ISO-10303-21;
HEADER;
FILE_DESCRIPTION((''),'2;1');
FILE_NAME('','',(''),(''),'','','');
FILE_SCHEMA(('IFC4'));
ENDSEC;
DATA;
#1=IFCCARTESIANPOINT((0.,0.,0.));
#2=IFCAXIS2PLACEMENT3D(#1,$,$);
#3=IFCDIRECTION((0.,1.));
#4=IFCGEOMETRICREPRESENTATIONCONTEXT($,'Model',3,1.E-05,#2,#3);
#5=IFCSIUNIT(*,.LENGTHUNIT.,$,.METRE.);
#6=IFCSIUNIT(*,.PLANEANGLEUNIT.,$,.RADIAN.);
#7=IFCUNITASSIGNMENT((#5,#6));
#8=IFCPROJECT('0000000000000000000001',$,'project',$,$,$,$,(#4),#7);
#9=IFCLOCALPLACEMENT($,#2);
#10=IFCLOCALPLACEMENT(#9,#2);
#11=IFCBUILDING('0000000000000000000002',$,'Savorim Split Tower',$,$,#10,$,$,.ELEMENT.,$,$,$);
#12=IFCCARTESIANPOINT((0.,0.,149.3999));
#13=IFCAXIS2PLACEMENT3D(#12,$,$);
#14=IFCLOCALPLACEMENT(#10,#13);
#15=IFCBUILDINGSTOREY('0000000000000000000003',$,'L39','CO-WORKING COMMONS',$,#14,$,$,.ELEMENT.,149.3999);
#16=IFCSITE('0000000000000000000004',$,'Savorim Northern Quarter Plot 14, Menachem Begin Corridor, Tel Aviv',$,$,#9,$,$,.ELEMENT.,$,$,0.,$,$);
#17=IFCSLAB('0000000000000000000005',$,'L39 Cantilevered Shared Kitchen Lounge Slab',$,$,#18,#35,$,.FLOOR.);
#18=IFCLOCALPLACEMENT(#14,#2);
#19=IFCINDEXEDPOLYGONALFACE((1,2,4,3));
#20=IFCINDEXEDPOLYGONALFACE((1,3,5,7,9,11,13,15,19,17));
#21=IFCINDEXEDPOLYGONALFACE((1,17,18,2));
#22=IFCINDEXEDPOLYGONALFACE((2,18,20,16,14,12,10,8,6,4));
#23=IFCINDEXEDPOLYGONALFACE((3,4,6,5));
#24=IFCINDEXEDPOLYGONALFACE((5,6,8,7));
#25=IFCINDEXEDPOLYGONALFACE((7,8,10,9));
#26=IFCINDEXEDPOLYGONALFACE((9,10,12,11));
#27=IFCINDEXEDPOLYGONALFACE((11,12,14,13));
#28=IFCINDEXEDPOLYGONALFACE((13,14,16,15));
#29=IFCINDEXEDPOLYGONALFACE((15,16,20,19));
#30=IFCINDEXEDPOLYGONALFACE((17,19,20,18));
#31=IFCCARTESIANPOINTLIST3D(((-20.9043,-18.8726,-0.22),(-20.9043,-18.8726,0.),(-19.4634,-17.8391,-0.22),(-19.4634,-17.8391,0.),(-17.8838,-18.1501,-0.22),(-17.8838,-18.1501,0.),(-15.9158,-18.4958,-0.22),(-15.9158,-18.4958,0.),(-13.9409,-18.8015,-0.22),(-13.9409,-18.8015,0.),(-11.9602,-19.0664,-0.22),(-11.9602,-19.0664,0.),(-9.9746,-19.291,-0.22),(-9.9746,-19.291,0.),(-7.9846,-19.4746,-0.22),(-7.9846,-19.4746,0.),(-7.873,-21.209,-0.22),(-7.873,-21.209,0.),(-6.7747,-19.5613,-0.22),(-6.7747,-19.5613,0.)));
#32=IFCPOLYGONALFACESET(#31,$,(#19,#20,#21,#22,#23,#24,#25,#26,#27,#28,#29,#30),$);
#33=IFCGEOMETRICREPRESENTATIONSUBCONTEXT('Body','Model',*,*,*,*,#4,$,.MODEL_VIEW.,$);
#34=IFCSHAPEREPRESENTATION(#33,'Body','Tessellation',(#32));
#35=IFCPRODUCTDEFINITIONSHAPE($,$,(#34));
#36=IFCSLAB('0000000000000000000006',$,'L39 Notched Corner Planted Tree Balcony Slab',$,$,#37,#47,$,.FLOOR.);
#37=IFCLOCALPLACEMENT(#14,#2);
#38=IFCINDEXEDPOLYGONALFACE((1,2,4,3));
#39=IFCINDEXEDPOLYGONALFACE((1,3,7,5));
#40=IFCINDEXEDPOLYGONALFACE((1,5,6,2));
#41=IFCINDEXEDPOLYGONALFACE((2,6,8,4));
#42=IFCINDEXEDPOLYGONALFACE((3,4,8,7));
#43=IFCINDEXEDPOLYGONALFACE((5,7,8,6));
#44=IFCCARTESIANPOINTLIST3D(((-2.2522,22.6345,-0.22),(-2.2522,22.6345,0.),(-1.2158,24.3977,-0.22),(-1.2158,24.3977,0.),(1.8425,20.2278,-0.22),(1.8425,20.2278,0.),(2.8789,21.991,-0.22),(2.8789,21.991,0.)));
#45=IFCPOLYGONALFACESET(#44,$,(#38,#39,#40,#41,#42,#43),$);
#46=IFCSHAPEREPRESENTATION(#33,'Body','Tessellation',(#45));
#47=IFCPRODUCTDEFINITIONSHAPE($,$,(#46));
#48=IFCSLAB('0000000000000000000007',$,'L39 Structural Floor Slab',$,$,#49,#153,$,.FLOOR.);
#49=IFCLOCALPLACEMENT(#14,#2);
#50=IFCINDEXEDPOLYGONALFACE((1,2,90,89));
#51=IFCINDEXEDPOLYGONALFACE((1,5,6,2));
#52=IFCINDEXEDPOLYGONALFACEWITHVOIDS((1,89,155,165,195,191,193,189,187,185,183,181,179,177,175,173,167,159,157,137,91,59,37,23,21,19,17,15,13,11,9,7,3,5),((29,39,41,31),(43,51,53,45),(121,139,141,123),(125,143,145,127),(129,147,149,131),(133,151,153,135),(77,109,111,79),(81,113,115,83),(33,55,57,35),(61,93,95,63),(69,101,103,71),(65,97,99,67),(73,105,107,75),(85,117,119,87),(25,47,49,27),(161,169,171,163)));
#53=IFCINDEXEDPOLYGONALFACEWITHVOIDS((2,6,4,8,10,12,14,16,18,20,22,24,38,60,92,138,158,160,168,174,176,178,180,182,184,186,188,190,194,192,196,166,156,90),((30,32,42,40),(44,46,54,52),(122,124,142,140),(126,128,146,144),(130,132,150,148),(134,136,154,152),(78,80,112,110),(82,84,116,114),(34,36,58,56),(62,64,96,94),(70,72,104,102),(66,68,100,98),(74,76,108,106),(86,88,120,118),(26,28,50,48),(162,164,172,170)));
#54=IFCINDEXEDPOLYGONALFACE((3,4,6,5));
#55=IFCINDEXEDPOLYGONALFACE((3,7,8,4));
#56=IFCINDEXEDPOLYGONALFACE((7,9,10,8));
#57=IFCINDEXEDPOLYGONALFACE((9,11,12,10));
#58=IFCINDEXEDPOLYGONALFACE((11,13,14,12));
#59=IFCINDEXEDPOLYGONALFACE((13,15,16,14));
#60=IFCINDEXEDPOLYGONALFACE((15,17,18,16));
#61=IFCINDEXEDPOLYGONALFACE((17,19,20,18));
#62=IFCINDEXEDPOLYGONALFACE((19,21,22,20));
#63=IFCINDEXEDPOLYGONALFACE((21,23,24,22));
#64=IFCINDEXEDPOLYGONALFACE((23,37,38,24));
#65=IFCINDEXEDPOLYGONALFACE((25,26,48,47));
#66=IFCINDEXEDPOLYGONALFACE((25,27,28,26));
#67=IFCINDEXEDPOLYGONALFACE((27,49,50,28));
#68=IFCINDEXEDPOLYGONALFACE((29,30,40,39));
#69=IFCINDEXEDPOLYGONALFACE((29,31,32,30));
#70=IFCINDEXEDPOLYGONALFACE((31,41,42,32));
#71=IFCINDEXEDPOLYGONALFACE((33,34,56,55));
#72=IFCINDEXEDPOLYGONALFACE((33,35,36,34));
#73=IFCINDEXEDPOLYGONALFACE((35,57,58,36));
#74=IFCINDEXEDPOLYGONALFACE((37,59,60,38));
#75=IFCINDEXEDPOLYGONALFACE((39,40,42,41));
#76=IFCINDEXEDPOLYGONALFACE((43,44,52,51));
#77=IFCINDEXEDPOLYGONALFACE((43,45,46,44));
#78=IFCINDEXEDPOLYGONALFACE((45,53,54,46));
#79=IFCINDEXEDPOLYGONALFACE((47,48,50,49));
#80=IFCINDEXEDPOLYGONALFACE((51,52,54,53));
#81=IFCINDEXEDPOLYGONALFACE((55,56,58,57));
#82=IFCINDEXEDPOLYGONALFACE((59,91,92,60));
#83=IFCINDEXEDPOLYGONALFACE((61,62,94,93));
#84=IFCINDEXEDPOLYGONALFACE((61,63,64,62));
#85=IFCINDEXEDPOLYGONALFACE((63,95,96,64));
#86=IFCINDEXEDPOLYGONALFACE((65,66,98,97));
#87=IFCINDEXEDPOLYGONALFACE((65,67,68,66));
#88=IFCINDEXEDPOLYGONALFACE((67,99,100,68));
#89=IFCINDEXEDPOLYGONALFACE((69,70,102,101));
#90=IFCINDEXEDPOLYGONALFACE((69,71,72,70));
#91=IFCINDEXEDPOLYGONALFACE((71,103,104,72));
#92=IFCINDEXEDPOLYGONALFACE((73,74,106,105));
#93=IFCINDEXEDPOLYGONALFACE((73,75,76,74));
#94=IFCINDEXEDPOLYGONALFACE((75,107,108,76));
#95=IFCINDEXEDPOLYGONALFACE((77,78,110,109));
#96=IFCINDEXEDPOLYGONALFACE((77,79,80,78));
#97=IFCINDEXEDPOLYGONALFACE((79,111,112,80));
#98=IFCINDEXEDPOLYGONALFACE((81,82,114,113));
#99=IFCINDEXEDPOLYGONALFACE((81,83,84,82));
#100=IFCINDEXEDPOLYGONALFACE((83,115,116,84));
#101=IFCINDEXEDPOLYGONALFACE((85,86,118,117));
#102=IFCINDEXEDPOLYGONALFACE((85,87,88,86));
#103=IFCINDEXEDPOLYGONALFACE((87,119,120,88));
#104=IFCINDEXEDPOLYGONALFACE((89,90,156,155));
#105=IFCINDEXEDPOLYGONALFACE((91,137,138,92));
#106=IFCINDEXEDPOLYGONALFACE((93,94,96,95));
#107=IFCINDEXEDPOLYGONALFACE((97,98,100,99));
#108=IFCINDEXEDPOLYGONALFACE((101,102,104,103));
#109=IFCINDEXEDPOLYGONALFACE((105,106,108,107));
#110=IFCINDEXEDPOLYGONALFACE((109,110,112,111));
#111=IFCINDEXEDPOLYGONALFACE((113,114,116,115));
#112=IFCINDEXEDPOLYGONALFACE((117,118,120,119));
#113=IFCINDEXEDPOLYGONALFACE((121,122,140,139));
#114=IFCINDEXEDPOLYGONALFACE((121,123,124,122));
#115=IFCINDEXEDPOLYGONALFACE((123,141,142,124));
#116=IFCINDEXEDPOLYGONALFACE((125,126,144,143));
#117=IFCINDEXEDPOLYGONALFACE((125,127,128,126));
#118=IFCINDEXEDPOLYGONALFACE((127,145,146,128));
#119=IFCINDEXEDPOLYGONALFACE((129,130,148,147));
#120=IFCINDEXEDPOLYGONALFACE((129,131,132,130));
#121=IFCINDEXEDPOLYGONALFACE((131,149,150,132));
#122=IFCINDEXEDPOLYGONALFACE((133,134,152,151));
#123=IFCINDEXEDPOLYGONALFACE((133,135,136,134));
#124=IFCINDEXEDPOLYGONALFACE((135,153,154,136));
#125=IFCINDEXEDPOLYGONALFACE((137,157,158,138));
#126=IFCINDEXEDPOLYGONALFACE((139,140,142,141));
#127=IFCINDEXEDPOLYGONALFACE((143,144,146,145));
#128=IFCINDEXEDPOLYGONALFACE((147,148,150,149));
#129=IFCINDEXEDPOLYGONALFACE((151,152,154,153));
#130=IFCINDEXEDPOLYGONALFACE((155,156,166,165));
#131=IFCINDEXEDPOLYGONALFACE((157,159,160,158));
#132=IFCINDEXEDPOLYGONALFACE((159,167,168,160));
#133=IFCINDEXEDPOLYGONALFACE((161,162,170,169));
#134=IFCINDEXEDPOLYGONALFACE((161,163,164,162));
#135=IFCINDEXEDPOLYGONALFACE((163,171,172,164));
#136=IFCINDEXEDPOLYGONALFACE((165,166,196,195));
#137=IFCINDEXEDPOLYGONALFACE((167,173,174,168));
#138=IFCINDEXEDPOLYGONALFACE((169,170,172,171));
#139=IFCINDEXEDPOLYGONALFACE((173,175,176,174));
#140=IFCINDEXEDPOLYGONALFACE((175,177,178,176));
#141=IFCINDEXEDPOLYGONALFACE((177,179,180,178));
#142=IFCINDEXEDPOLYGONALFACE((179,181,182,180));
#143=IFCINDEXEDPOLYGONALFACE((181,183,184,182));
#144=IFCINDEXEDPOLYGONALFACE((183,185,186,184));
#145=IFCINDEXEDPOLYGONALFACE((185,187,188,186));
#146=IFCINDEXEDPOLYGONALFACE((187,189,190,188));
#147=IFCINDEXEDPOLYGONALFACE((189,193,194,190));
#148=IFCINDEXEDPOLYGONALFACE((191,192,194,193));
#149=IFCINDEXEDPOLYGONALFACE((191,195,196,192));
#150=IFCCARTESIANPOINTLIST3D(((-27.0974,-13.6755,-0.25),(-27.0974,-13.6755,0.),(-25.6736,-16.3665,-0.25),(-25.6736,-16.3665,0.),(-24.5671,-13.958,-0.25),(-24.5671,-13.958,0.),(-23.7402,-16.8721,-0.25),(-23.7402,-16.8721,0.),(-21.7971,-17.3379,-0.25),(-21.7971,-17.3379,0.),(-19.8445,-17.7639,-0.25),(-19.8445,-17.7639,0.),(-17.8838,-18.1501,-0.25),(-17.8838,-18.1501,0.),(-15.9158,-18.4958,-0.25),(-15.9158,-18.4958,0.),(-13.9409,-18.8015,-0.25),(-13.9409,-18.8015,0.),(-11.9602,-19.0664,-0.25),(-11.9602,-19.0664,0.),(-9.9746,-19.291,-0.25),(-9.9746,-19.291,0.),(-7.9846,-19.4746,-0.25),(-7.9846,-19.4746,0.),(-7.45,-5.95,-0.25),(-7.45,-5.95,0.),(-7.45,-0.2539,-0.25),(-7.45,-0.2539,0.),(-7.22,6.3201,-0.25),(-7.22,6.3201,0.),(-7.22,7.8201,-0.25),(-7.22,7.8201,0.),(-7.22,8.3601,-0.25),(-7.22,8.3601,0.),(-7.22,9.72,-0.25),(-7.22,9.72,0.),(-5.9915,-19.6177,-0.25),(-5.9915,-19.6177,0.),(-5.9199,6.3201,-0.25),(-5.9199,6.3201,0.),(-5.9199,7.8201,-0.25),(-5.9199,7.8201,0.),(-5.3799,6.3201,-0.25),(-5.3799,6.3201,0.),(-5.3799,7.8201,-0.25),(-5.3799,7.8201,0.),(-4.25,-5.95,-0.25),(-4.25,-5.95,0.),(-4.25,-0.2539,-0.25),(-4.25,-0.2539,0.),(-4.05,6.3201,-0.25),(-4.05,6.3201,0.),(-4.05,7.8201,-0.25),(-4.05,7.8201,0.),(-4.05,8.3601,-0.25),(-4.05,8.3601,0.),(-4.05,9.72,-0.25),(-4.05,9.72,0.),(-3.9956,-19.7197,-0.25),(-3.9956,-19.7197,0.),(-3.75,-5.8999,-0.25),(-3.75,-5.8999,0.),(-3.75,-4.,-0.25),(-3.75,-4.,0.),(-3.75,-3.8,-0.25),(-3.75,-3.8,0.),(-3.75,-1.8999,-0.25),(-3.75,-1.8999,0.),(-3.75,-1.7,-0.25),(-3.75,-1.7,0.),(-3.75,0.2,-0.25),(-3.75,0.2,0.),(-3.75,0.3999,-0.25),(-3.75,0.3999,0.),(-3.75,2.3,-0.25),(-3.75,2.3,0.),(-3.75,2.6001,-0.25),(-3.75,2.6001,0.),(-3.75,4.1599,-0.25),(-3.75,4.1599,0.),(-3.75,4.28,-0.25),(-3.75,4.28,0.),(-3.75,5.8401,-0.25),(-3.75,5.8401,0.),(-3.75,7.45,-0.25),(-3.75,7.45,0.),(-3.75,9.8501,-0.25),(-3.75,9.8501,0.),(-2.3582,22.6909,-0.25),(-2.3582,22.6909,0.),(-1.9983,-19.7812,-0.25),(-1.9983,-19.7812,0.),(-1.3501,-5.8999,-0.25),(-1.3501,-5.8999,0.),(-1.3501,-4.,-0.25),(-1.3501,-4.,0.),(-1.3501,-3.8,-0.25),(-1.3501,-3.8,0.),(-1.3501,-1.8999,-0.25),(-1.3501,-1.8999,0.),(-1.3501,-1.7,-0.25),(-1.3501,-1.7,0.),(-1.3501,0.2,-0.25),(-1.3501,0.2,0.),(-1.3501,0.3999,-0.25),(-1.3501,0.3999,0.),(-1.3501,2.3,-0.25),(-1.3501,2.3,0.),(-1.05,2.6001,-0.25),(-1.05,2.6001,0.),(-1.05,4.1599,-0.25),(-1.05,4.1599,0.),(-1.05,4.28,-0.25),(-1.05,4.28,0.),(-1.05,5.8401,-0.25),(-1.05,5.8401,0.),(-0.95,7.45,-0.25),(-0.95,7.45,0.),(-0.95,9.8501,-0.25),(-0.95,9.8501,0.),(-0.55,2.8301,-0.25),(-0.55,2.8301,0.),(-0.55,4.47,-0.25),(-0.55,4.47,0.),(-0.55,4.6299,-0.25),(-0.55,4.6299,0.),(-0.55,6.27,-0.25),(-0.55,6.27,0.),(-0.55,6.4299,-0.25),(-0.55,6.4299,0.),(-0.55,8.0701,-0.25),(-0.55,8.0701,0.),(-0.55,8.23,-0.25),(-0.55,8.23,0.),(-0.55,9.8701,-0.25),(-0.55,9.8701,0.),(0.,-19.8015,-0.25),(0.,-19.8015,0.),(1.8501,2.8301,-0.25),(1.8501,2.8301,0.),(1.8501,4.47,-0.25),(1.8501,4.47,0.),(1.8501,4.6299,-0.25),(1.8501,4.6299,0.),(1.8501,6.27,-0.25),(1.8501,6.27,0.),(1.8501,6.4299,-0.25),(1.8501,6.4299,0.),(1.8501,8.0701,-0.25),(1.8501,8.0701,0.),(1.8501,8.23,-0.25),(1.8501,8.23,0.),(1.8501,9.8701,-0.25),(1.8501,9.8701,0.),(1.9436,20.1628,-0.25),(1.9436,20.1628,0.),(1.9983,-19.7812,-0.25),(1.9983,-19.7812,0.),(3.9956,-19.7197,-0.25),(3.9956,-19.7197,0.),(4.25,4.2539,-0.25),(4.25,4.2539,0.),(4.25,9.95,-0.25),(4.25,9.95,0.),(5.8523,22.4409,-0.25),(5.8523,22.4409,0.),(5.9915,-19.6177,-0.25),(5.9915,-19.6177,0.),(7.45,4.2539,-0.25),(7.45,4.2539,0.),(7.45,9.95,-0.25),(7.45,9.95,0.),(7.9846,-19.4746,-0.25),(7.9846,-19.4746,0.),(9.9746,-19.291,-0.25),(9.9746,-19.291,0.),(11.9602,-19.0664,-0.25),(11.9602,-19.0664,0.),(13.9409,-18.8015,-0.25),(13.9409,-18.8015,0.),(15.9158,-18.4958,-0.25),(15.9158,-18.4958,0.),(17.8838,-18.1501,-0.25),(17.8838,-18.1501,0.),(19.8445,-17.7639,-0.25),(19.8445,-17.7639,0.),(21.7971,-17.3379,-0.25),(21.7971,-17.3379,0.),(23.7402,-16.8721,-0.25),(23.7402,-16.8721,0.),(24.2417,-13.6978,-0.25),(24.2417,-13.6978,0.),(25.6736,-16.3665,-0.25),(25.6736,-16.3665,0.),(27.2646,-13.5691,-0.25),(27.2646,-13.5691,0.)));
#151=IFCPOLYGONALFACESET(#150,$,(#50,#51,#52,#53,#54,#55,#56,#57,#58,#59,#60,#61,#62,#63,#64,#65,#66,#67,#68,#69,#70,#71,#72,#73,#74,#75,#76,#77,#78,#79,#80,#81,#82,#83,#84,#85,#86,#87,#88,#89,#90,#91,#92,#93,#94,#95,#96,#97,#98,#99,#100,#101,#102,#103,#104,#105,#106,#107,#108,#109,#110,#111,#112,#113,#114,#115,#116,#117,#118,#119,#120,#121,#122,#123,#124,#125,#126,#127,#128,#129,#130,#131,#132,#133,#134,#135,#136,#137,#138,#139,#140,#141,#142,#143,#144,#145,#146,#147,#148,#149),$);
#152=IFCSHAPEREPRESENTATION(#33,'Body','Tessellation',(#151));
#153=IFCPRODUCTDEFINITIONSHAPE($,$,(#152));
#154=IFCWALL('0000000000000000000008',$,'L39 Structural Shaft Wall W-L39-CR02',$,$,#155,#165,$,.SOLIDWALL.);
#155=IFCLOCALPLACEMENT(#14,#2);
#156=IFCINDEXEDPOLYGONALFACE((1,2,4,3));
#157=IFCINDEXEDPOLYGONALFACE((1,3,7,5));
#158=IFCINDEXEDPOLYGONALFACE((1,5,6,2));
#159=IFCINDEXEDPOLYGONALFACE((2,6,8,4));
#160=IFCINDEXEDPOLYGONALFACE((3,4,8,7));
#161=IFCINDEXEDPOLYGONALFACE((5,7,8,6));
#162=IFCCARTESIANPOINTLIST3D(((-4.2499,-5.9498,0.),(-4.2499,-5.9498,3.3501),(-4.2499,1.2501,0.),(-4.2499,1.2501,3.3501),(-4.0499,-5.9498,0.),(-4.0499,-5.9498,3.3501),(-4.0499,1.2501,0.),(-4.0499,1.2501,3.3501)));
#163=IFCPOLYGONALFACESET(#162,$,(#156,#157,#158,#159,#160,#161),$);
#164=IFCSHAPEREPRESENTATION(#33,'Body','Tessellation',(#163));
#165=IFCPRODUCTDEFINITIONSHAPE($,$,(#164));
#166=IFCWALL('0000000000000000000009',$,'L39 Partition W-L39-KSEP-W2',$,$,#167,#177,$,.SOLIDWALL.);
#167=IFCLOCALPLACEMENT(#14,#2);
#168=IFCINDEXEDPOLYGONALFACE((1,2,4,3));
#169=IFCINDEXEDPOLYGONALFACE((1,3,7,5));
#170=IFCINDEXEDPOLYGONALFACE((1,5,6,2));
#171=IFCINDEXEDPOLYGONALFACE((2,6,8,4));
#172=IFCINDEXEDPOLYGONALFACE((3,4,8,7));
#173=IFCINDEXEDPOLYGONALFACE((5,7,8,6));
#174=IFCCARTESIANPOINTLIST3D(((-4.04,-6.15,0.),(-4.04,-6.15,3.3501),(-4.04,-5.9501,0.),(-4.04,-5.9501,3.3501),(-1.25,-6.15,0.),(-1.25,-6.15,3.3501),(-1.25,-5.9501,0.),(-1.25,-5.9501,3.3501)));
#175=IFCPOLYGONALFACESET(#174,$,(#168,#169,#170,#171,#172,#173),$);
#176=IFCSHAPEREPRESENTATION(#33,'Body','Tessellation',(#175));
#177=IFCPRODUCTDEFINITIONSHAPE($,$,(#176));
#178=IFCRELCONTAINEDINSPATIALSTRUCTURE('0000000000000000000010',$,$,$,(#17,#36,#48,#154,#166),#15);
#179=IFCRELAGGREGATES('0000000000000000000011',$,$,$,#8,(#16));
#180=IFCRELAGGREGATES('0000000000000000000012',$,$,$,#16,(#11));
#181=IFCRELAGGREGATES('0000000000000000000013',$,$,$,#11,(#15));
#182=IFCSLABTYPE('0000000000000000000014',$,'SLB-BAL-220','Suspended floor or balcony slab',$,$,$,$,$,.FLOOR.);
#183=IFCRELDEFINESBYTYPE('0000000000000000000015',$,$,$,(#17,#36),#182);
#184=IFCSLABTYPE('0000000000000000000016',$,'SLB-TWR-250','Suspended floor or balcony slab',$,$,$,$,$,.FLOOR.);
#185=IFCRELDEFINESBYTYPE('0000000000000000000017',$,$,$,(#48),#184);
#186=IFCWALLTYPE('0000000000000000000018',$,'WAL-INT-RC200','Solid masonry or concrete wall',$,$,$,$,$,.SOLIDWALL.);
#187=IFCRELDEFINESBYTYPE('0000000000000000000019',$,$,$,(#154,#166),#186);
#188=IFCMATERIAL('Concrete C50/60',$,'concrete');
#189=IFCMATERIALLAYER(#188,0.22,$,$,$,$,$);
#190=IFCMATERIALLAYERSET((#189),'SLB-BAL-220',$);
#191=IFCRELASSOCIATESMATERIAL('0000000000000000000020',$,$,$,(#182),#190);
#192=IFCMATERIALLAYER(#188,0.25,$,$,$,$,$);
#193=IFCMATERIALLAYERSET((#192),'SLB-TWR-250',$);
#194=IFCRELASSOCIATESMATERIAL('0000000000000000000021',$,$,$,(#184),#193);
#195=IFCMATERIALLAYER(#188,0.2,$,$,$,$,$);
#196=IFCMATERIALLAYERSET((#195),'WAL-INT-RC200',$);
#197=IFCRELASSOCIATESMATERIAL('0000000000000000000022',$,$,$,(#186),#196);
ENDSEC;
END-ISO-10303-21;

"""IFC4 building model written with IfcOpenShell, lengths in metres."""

from ifc_helpers import new_model, si_unit, direction, frame, frame_2d, origin, place, context, subcontext, project, spatial, polyline, rectangle, outline, extrude, material, layer, layer_set, type_object, element, save


model = new_model("IFC4")

# Units and contexts
model_context = context("Model", 3, precision=1e-05, world=origin(), true_north=direction((0.0, 1.0)))
body_context = subcontext(model_context, "Body", "Model", "MODEL_VIEW")
ifc_project = project(units=[si_unit("LENGTHUNIT", "METRE"), si_unit("PLANEANGLEUNIT", "RADIAN")], contexts=[model_context])

# Site, building, storey
site_placement = place(None, origin())
site = spatial("IfcSite", under=ifc_project, at=site_placement, Name="Savorim Northern Quarter Plot 14, Menachem Begin Corridor, Tel Aviv", CompositionType="ELEMENT", RefElevation=0.0)
building_placement = place(site_placement, origin())
building = spatial("IfcBuilding", under=site, at=building_placement, Name="Savorim Split Tower", CompositionType="ELEMENT")
storey_placement = place(building_placement, frame((0.0, 0.0, 149.3999)))
storey = spatial("IfcBuildingStorey", under=building, at=storey_placement, Name="L39", Description="CO-WORKING COMMONS", CompositionType="ELEMENT", Elevation=149.3999)

# Slabs
ifc_material_1 = material(Name="Concrete C50/60", Category="concrete")
ifc_layer_1 = layer(ifc_material_1, 0.22)
ifc_layer_set_1 = layer_set([ifc_layer_1], Name="SLB-BAL-220")
slab_type_1 = type_object("IfcSlabType", Name="SLB-BAL-220", Description="Suspended floor or balcony slab", PredefinedType="FLOOR", material=ifc_layer_set_1)
slab_1_placement = place(storey_placement, frame((0.0, 0.0, -0.22)))
element("IfcSlab", 1, at=slab_1_placement, inside=storey, type_object=slab_type_1, Name="L39 Cantilevered Shared Kitchen Lounge Slab", PredefinedType="FLOOR", context=body_context, shape_type="SweptSolid", body=[
    extrude(outline(polyline([(-6.7747, -19.5613), (-7.9846, -19.4746), (-9.9746, -19.291), (-11.9602, -19.0664), (-13.9409, -18.8015), (-15.9158, -18.4958), (-17.8838, -18.1501), (-19.4634, -17.8391), (-20.9043, -18.8726), (-7.873, -21.209), (-6.7747, -19.5613)])), origin(), (0.0, 0.0, 1.0), 0.22),
])
slab_2_placement = place(storey_placement, frame((0.0, 0.0, -0.22)))
element("IfcSlab", 2, at=slab_2_placement, inside=storey, type_object=slab_type_1, Name="L39 Notched Corner Planted Tree Balcony Slab", PredefinedType="FLOOR", context=body_context, shape_type="SweptSolid", body=[
    extrude(outline(polyline([(-2.2522, 22.6345), (1.8425, 20.2278), (2.8789, 21.991), (-1.2158, 24.3977), (-2.2522, 22.6345)])), origin(), (0.0, 0.0, 1.0), 0.22),
])
ifc_layer_2 = layer(ifc_material_1, 0.25)
ifc_layer_set_2 = layer_set([ifc_layer_2], Name="SLB-TWR-250")
slab_type_2 = type_object("IfcSlabType", Name="SLB-TWR-250", Description="Suspended floor or balcony slab", PredefinedType="FLOOR", material=ifc_layer_set_2)
slab_3_placement = place(storey_placement, frame((0.0, 0.0, -0.25)))
element("IfcSlab", 3, at=slab_3_placement, inside=storey, type_object=slab_type_2, Name="L39 Structural Floor Slab", PredefinedType="FLOOR", context=body_context, shape_type="SweptSolid", body=[
    extrude(outline(polyline([(-25.6736, -16.3665), (-23.7402, -16.8721), (-21.7971, -17.3379), (-19.8445, -17.7639), (-17.8838, -18.1501), (-15.9158, -18.4958), (-13.9409, -18.8015), (-11.9602, -19.0664), (-9.9746, -19.291), (-7.9846, -19.4746), (-5.9915, -19.6177), (-3.9956, -19.7197), (-1.9983, -19.7812), (0.0, -19.8015), (1.9983, -19.7812), (3.9956, -19.7197), (5.9915, -19.6177), (7.9846, -19.4746), (9.9746, -19.291), (11.9602, -19.0664), (13.9409, -18.8015), (15.9158, -18.4958), (17.8838, -18.1501), (19.8445, -17.7639), (21.7971, -17.3379), (23.7402, -16.8721), (25.6736, -16.3665), (24.2417, -13.6978), (27.2646, -13.5691), (5.8523, 22.4409), (1.9436, 20.1628), (-2.3582, 22.6909), (-27.0974, -13.6755), (-24.5671, -13.958), (-25.6736, -16.3665)]), holes=[polyline([(-7.45, -0.2539), (-7.45, -5.95), (-4.25, -5.95), (-4.25, -0.2539), (-7.45, -0.2539)]), polyline([(7.45, 4.2539), (7.45, 9.95), (4.25, 9.95), (4.25, 4.2539), (7.45, 4.2539)]), polyline([(-3.75, -5.8999), (-1.3501, -5.8999), (-1.3501, -4.0), (-3.75, -4.0), (-3.75, -5.8999)]), polyline([(-3.75, -3.8), (-1.3501, -3.8), (-1.3501, -1.8999), (-3.75, -1.8999), (-3.75, -3.8)]), polyline([(-3.75, -1.7), (-1.3501, -1.7), (-1.3501, 0.2), (-3.75, 0.2), (-3.75, -1.7)]), polyline([(-3.75, 0.3999), (-1.3501, 0.3999), (-1.3501, 2.3), (-3.75, 2.3), (-3.75, 0.3999)]), polyline([(-0.55, 2.8301), (1.8501, 2.8301), (1.8501, 4.47), (-0.55, 4.47), (-0.55, 2.8301)]), polyline([(-0.55, 4.6299), (1.8501, 4.6299), (1.8501, 6.27), (-0.55, 6.27), (-0.55, 4.6299)]), polyline([(-0.55, 6.4299), (1.8501, 6.4299), (1.8501, 8.0701), (-0.55, 8.0701), (-0.55, 6.4299)]), polyline([(-0.55, 8.23), (1.8501, 8.23), (1.8501, 9.8701), (-0.55, 9.8701), (-0.55, 8.23)]), polyline([(-3.75, 2.6001), (-1.05, 2.6001), (-1.05, 4.1599), (-3.75, 4.1599), (-3.75, 2.6001)]), polyline([(-3.75, 4.28), (-1.05, 4.28), (-1.05, 5.8401), (-3.75, 5.8401), (-3.75, 4.28)]), polyline([(-3.75, 7.45), (-0.95, 7.45), (-0.95, 9.8501), (-3.75, 9.8501), (-3.75, 7.45)]), polyline([(-7.22, 6.3201), (-5.9199, 6.3201), (-5.9199, 7.8201), (-7.22, 7.8201), (-7.22, 6.3201)]), polyline([(-5.3799, 6.3201), (-4.05, 6.3201), (-4.05, 7.8201), (-5.3799, 7.8201), (-5.3799, 6.3201)]), polyline([(-7.22, 8.3601), (-4.05, 8.3601), (-4.05, 9.72), (-7.22, 9.72), (-7.22, 8.3601)])]), origin(), (0.0, 0.0, 1.0), 0.25),
])

# Wall
ifc_layer_3 = layer(ifc_material_1, 0.2)
ifc_layer_set_3 = layer_set([ifc_layer_3], Name="WAL-INT-RC200")
wall_type_1 = type_object("IfcWallType", Name="WAL-INT-RC200", Description="Solid masonry or concrete wall", PredefinedType="SOLIDWALL", material=ifc_layer_set_3)
wall_1_placement = place(storey_placement, frame((-4.1499, -5.95, 0.0), z_axis=(0.0, 0.0, 1.0), x_axis=(0.0, 1.0, 0.0)))
element("IfcWall", 4, at=wall_1_placement, inside=storey, type_object=wall_type_1, Name="L39 Structural Shaft Wall W-L39-CR02", PredefinedType="SOLIDWALL", context=body_context, shape_type="SweptSolid", body=[
    extrude(rectangle(XDim=7.2, YDim=0.2, at=frame_2d((3.6001, 0.0))), origin(), (0.0, 0.0, 1.0), 3.3501),
])

# Wall
wall_2_placement = place(storey_placement, frame((-4.04, -6.05, 0.0), z_axis=(0.0, 0.0, 1.0), x_axis=(1.0, 0.0, 0.0)))
element("IfcWall", 5, at=wall_2_placement, inside=storey, type_object=wall_type_1, Name="L39 Partition W-L39-KSEP-W2", PredefinedType="SOLIDWALL", context=body_context, shape_type="SweptSolid", body=[
    extrude(rectangle(XDim=2.79, YDim=0.2, at=frame_2d((1.395, 0.0))), origin(), (0.0, 0.0, 1.0), 3.3501),
])

save(model, "model.ifc")
